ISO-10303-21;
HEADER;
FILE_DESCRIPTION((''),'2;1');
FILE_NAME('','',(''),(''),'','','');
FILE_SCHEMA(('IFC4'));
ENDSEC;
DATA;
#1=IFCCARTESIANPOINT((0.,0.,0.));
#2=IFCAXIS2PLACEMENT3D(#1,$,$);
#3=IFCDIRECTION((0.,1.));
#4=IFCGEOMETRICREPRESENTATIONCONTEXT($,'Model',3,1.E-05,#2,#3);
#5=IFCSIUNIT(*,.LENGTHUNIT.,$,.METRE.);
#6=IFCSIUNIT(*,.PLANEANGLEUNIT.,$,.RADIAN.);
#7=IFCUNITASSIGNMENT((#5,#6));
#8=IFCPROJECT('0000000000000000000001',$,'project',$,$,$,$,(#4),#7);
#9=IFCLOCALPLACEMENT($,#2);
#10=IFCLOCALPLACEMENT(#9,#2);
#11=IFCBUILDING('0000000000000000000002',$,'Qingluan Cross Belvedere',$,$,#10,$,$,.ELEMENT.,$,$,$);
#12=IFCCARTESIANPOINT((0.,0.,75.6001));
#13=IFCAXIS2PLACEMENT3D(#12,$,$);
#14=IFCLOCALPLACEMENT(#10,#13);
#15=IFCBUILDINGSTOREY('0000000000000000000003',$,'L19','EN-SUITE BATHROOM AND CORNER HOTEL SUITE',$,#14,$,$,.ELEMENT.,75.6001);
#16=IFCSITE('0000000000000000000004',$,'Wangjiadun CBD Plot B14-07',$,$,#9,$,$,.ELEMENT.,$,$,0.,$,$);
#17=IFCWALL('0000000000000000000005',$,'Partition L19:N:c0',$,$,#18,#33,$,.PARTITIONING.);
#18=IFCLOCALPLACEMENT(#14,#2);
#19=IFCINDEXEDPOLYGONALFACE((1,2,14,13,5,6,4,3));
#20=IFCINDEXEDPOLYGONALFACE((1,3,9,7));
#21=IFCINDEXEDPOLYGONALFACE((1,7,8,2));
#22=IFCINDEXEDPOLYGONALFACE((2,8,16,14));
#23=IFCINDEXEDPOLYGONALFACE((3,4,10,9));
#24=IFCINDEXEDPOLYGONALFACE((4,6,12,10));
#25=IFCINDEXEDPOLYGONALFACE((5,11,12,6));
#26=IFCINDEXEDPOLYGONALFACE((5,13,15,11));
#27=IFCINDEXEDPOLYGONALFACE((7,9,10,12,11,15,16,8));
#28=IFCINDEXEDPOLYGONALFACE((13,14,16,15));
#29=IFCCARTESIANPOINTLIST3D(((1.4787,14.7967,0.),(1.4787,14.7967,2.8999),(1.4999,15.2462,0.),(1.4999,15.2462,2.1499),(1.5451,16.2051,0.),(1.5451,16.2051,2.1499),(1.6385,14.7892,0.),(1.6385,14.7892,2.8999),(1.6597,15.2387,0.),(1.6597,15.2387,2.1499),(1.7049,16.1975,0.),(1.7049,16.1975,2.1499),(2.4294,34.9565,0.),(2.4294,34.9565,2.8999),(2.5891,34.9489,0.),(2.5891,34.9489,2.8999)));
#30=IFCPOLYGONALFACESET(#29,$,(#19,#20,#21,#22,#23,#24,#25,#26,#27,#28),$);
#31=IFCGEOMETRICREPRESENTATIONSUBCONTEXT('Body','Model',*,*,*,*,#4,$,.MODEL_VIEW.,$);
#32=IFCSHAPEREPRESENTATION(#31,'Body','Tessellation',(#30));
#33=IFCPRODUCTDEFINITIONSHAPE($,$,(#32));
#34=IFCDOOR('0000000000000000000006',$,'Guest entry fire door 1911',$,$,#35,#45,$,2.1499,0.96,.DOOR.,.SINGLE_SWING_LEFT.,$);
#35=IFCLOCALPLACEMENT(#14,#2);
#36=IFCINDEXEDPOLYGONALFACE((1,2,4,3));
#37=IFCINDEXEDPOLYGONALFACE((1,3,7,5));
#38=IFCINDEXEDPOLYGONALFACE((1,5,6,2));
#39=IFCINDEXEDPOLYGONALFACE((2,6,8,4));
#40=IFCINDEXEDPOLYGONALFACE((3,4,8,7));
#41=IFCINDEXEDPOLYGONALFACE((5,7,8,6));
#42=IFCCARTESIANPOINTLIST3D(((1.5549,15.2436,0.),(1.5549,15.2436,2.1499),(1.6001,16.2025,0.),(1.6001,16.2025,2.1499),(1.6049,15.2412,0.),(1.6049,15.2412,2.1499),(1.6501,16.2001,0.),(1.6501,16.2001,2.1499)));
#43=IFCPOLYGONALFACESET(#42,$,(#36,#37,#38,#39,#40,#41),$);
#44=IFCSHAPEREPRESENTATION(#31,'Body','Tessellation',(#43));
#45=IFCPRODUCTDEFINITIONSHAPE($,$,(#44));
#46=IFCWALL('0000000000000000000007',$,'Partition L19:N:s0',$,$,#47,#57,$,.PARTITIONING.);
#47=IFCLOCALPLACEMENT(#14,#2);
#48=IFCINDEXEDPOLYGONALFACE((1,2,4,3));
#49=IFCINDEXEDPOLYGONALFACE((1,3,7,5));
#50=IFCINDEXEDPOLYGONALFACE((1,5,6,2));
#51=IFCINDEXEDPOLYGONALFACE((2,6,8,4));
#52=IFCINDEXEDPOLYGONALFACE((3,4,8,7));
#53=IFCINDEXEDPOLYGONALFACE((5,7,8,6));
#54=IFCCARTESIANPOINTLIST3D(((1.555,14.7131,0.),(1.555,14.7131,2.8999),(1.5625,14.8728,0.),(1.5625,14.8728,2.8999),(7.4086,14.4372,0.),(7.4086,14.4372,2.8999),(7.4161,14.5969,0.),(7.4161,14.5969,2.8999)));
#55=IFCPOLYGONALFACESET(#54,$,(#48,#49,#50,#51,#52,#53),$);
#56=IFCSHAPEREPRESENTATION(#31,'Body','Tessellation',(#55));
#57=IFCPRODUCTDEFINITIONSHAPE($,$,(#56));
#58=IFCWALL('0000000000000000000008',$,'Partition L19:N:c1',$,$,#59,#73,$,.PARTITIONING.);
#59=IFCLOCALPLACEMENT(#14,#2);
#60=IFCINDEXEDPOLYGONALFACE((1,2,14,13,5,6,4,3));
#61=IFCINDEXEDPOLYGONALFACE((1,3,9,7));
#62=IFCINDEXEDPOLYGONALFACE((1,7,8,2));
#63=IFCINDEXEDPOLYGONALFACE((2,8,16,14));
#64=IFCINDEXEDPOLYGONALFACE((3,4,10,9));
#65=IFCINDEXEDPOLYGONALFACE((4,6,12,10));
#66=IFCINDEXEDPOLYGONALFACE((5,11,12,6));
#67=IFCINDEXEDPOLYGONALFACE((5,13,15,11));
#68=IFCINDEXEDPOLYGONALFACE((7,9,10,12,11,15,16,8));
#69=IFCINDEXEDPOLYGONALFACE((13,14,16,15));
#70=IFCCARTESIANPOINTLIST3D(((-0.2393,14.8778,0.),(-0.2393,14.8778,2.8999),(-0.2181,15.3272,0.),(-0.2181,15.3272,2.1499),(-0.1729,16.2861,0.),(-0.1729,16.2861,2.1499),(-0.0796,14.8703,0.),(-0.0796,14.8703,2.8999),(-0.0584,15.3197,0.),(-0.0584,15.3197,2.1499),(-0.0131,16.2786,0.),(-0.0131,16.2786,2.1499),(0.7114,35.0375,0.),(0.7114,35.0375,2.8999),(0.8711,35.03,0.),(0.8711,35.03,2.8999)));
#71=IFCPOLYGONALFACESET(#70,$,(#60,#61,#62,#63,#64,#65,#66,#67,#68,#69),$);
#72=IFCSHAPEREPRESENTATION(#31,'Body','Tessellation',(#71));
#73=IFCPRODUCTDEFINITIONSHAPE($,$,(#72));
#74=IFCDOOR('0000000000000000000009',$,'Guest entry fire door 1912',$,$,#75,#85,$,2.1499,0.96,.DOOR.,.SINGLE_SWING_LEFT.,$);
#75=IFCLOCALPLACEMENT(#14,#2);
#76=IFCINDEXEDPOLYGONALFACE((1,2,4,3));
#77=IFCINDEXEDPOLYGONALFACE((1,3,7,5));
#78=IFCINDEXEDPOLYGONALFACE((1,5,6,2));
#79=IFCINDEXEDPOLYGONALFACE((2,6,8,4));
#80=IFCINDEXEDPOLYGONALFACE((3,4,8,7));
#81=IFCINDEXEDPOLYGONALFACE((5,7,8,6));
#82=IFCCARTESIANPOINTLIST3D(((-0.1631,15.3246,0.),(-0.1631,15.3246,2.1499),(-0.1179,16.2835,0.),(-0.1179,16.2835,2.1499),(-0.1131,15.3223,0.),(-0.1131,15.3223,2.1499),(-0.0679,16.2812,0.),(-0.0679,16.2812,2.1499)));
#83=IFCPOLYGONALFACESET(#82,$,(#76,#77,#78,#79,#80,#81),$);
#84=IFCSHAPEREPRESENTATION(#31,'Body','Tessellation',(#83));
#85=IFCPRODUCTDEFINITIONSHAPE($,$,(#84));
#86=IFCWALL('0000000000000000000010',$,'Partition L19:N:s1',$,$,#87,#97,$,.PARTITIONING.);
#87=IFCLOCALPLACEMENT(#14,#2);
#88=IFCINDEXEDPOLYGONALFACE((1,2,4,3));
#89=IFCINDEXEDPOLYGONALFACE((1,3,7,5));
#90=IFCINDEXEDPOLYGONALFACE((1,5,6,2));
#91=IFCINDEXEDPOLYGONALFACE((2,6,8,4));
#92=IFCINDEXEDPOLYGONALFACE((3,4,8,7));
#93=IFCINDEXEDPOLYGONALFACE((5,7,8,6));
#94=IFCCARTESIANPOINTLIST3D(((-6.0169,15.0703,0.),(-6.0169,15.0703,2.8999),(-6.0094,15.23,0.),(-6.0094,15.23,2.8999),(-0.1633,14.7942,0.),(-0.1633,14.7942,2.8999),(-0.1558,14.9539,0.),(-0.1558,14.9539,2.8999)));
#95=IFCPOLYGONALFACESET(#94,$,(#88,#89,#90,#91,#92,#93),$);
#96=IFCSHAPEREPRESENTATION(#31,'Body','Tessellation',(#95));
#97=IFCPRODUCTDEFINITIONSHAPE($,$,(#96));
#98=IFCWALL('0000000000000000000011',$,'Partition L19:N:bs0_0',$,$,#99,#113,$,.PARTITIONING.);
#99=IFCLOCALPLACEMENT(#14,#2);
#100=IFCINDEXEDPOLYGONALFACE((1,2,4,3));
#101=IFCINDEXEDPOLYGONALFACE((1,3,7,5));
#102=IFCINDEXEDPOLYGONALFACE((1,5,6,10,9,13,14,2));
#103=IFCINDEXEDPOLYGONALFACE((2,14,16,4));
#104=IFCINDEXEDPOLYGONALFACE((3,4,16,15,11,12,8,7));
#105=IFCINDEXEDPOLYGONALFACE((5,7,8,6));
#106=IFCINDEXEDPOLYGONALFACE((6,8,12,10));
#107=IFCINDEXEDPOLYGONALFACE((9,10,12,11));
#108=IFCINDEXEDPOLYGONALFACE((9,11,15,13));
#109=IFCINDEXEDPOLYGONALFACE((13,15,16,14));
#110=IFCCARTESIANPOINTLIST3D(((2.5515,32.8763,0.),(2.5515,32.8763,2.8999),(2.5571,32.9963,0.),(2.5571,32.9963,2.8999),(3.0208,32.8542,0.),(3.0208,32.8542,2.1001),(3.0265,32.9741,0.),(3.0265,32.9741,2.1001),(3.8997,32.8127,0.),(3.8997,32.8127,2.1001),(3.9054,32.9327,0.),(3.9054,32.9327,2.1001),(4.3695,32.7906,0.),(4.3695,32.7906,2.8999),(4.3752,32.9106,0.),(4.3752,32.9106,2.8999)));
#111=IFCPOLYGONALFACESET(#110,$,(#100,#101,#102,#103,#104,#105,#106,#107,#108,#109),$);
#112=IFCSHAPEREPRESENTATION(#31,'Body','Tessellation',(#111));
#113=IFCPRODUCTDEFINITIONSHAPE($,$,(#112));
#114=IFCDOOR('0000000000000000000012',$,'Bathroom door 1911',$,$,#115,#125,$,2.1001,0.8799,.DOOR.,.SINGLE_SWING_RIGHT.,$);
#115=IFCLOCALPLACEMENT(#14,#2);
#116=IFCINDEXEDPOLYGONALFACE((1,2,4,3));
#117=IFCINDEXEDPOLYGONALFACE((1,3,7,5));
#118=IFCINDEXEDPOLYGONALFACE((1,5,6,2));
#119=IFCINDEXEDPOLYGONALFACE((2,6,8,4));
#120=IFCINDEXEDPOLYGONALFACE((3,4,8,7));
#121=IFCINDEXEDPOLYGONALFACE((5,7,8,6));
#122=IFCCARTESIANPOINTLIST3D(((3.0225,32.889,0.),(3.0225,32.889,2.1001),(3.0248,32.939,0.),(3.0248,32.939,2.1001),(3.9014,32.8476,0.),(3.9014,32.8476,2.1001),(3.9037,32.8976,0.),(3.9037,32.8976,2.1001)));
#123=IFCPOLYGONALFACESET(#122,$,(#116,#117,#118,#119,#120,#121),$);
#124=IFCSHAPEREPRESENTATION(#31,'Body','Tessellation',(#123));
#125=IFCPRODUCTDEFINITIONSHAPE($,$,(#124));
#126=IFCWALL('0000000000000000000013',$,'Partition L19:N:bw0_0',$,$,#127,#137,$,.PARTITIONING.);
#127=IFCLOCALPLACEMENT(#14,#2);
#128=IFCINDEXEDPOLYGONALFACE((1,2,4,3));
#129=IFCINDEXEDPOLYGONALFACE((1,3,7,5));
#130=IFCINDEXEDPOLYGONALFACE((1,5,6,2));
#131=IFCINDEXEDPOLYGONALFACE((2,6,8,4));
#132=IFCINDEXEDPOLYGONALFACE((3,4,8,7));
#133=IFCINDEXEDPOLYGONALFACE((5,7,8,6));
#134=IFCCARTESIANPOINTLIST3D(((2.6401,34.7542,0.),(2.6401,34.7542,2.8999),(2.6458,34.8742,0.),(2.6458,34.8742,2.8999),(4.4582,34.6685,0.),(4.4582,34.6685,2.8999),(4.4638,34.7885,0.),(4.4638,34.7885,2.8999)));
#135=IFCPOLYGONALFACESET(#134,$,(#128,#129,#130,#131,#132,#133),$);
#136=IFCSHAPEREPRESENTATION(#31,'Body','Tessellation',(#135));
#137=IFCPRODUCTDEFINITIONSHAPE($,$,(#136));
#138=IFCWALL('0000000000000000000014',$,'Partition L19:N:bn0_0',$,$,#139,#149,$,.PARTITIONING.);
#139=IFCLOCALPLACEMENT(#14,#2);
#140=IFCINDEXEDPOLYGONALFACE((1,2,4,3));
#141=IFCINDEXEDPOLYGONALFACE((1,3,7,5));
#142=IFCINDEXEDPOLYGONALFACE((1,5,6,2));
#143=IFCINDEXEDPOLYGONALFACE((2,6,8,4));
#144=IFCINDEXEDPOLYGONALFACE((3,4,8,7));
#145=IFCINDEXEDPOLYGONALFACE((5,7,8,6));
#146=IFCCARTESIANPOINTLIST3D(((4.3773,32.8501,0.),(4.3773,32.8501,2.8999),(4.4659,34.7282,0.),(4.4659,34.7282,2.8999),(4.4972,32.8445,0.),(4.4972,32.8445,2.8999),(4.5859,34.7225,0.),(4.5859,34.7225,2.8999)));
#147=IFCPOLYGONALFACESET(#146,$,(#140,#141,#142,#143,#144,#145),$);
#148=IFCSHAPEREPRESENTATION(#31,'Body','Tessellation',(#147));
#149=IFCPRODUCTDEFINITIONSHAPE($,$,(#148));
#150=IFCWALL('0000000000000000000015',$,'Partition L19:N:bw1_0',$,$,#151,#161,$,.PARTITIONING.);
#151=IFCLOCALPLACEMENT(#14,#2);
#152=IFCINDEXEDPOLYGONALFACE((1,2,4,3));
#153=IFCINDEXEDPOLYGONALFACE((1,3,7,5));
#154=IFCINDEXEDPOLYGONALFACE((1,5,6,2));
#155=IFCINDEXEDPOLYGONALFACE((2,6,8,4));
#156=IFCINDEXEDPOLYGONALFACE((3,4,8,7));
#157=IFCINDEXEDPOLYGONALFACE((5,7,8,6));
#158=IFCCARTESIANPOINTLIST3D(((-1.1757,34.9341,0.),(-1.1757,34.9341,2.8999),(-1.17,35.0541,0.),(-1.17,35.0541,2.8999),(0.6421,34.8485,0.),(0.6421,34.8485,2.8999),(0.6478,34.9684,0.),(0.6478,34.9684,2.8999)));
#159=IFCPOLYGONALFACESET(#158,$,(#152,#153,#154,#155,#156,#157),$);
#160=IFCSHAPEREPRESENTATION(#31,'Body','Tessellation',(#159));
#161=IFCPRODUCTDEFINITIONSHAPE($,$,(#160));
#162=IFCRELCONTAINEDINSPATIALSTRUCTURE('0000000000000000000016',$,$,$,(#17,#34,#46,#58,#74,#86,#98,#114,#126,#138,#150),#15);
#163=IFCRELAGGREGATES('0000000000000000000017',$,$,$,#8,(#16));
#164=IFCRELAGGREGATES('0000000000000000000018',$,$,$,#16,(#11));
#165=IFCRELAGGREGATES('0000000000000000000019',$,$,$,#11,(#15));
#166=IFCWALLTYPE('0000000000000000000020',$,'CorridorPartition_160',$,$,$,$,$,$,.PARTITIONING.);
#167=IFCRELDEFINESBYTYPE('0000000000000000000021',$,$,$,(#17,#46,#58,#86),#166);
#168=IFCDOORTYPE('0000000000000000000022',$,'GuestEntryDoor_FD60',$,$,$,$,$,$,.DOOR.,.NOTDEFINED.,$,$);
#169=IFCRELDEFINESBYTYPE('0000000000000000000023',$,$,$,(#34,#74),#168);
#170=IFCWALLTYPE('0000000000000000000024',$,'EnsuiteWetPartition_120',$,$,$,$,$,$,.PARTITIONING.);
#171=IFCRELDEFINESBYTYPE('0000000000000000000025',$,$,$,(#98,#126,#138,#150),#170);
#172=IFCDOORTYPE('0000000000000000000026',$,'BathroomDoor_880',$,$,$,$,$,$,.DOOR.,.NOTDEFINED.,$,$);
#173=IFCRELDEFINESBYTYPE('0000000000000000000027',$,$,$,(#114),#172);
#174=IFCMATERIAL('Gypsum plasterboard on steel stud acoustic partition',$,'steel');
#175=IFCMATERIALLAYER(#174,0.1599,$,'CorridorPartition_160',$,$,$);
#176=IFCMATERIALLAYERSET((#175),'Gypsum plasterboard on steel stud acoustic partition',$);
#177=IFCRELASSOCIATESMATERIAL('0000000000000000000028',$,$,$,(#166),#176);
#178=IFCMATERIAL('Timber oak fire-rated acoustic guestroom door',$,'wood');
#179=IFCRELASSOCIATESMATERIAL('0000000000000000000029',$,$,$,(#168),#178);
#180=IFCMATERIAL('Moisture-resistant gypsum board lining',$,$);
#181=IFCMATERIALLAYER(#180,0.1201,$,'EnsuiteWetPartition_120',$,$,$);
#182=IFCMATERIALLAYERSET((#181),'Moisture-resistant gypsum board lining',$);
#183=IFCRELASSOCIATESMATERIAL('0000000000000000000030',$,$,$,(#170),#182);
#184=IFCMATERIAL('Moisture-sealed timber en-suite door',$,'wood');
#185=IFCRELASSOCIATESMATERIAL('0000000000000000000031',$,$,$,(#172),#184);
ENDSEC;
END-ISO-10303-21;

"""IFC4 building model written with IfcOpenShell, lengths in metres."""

from ifc_helpers import new_model, si_unit, direction, frame, frame_2d, origin, place, context, subcontext, project, spatial, rectangle, extrude, material, layer, layer_set, type_object, element, fill, save


model = new_model("IFC4")

# Units and contexts
model_context = context("Model", 3, precision=1e-05, world=origin(), true_north=direction((0.0, 1.0)))
body_context = subcontext(model_context, "Body", "Model", "MODEL_VIEW")
ifc_project = project(units=[si_unit("LENGTHUNIT", "METRE"), si_unit("PLANEANGLEUNIT", "RADIAN")], contexts=[model_context])

# Site, building, storey
site_placement = place(None, origin())
site = spatial("IfcSite", under=ifc_project, at=site_placement, Name="Wangjiadun CBD Plot B14-07", CompositionType="ELEMENT", RefElevation=0.0)
building_placement = place(site_placement, origin())
building = spatial("IfcBuilding", under=site, at=building_placement, Name="Qingluan Cross Belvedere", CompositionType="ELEMENT")
storey_placement = place(building_placement, frame((0.0, 0.0, 75.6001)))
storey = spatial("IfcBuildingStorey", under=building, at=storey_placement, Name="L19", Description="EN-SUITE BATHROOM AND CORNER HOTEL SUITE", CompositionType="ELEMENT", Elevation=75.6001)

# Wall, opening, door
ifc_material_1 = material(Name="Gypsum plasterboard on steel stud acoustic partition", Category="steel")
ifc_layer_1 = layer(ifc_material_1, 0.1599, Name="CorridorPartition_160")
ifc_layer_set_1 = layer_set([ifc_layer_1], Name="Gypsum plasterboard on steel stud acoustic partition")
wall_type_1 = type_object("IfcWallType", Name="CorridorPartition_160", PredefinedType="PARTITIONING", material=ifc_layer_set_1)
wall_1_placement = place(storey_placement, frame((1.5586, 14.793, 0.0), z_axis=(0.0, 0.0, 1.0), x_axis=(0.047105, 0.99889, 0.0)))
wall_1 = element("IfcWall", 1, at=wall_1_placement, inside=storey, type_object=wall_type_1, Name="Partition L19:N:c0", PredefinedType="PARTITIONING", context=body_context, shape_type="SweptSolid", body=[
    extrude(rectangle(XDim=20.1821, YDim=0.1599, at=frame_2d((10.0911, 0.0))), origin(), (0.0, 0.0, 1.0), 2.8999),
])
opening_1_placement = place(wall_1_placement, frame((0.45, 0.0, 0.0)))
opening_1 = element("IfcOpeningElement", 2, at=opening_1_placement, cuts=wall_1, PredefinedType="OPENING", context=body_context, shape_type="SweptSolid", body=[
    extrude(rectangle(XDim=0.96, YDim=2.1499, at=frame_2d((0.48, 1.075))), frame((0.0, 0.0898, 0.0), z_axis=(0.0, -1.0, 0.0), x_axis=(1.0, 0.0, 0.0)), (0.0, 0.0, 1.0), 0.1799),
])
ifc_material_2 = material(Name="Timber oak fire-rated acoustic guestroom door", Category="wood")
door_type_1 = type_object("IfcDoorType", Name="GuestEntryDoor_FD60", OperationType="NOTDEFINED", PredefinedType="DOOR", material=ifc_material_2)
door_1_placement = place(opening_1_placement, origin())
door_1 = element("IfcDoor", 3, at=door_1_placement, inside=storey, type_object=door_type_1, Name="Guest entry fire door 1911", OperationType="SINGLE_SWING_LEFT", OverallHeight=2.1499, OverallWidth=0.96, PredefinedType="DOOR", context=body_context, shape_type="SweptSolid", body=[
    extrude(rectangle(XDim=0.96, YDim=2.1499, at=frame_2d((0.48, 1.075))), frame((0.0, 0.0249, 0.0), z_axis=(0.0, -1.0, 0.0), x_axis=(1.0, 0.0, 0.0)), (0.0, 0.0, 1.0), 0.05),
])
fill(opening_1, door_1)

# Wall
wall_2_placement = place(storey_placement, frame((1.5586, 14.793, 0.0), z_axis=(0.0, 0.0, 1.0), x_axis=(0.998891, -0.047078, 0.0)))
element("IfcWall", 4, at=wall_2_placement, inside=storey, type_object=wall_type_1, Name="Partition L19:N:s0", PredefinedType="PARTITIONING", context=body_context, shape_type="SweptSolid", body=[
    extrude(rectangle(XDim=5.8601, YDim=0.1599, at=frame_2d((2.9302, 0.0))), origin(), (0.0, 0.0, 1.0), 2.8999),
])

# Wall, opening, door
wall_3_placement = place(storey_placement, frame((-0.1594, 14.874, 0.0), z_axis=(0.0, 0.0, 1.0), x_axis=(0.047105, 0.99889, 0.0)))
wall_3 = element("IfcWall", 5, at=wall_3_placement, inside=storey, type_object=wall_type_1, Name="Partition L19:N:c1", PredefinedType="PARTITIONING", context=body_context, shape_type="SweptSolid", body=[
    extrude(rectangle(XDim=20.1821, YDim=0.1599, at=frame_2d((10.0911, 0.0))), origin(), (0.0, 0.0, 1.0), 2.8999),
])
opening_2_placement = place(wall_3_placement, frame((0.45, 0.0, 0.0)))
opening_2 = element("IfcOpeningElement", 6, at=opening_2_placement, cuts=wall_3, PredefinedType="OPENING", context=body_context, shape_type="SweptSolid", body=[
    extrude(rectangle(XDim=0.96, YDim=2.1499, at=frame_2d((0.48, 1.075))), frame((0.0, 0.0898, 0.0), z_axis=(0.0, -1.0, 0.0), x_axis=(1.0, 0.0, 0.0)), (0.0, 0.0, 1.0), 0.1799),
])
door_2_placement = place(opening_2_placement, origin())
door_2 = element("IfcDoor", 7, at=door_2_placement, inside=storey, type_object=door_type_1, Name="Guest entry fire door 1912", OperationType="SINGLE_SWING_LEFT", OverallHeight=2.1499, OverallWidth=0.96, PredefinedType="DOOR", context=body_context, shape_type="SweptSolid", body=[
    extrude(rectangle(XDim=0.96, YDim=2.1499, at=frame_2d((0.48, 1.075))), frame((0.0, 0.0249, 0.0), z_axis=(0.0, -1.0, 0.0), x_axis=(1.0, 0.0, 0.0)), (0.0, 0.0, 1.0), 0.05),
])
fill(opening_2, door_2)

# Wall
wall_4_placement = place(storey_placement, frame((-0.1594, 14.874, 0.0), z_axis=(0.0, 0.0, 1.0), x_axis=(-0.998889, 0.04712, 0.0)))
element("IfcWall", 8, at=wall_4_placement, inside=storey, type_object=wall_type_1, Name="Partition L19:N:s1", PredefinedType="PARTITIONING", context=body_context, shape_type="SweptSolid", body=[
    extrude(rectangle(XDim=5.8601, YDim=0.1599, at=frame_2d((2.9302, 0.0))), origin(), (0.0, 0.0, 1.0), 2.8999),
])

# Wall, opening, door
ifc_material_3 = material(Name="Moisture-resistant gypsum board lining")
ifc_layer_2 = layer(ifc_material_3, 0.1201, Name="EnsuiteWetPartition_120")
ifc_layer_set_2 = layer_set([ifc_layer_2], Name="Moisture-resistant gypsum board lining")
wall_type_2 = type_object("IfcWallType", Name="EnsuiteWetPartition_120", PredefinedType="PARTITIONING", material=ifc_layer_set_2)
wall_5_placement = place(storey_placement, frame((2.5542, 32.9363, 0.0), z_axis=(0.0, 0.0, 1.0), x_axis=(0.998891, -0.047081, 0.0)))
wall_5 = element("IfcWall", 9, at=wall_5_placement, inside=storey, type_object=wall_type_2, Name="Partition L19:N:bs0_0", PredefinedType="PARTITIONING", context=body_context, shape_type="SweptSolid", body=[
    extrude(rectangle(XDim=1.8201, YDim=0.1201, at=frame_2d((0.9102, 0.0))), origin(), (0.0, 0.0, 1.0), 2.8999),
])
opening_3_placement = place(wall_5_placement, frame((0.47, 0.0, 0.0)))
opening_3 = element("IfcOpeningElement", 10, at=opening_3_placement, cuts=wall_5, PredefinedType="OPENING", context=body_context, shape_type="SweptSolid", body=[
    extrude(rectangle(XDim=0.8799, YDim=2.1001, at=frame_2d((0.4399, 1.05))), frame((0.0, 0.0701, 0.0), z_axis=(0.0, -1.0, 0.0), x_axis=(1.0, 0.0, 0.0)), (0.0, 0.0, 1.0), 0.1401),
])
ifc_material_4 = material(Name="Moisture-sealed timber en-suite door", Category="wood")
door_type_2 = type_object("IfcDoorType", Name="BathroomDoor_880", OperationType="NOTDEFINED", PredefinedType="DOOR", material=ifc_material_4)
door_3_placement = place(opening_3_placement, origin())
door_3 = element("IfcDoor", 11, at=door_3_placement, inside=storey, type_object=door_type_2, Name="Bathroom door 1911", OperationType="SINGLE_SWING_RIGHT", OverallHeight=2.1001, OverallWidth=0.8799, PredefinedType="DOOR", context=body_context, shape_type="SweptSolid", body=[
    extrude(rectangle(XDim=0.8799, YDim=2.1001, at=frame_2d((0.4399, 1.05))), frame((0.0, 0.0249, 0.0), z_axis=(0.0, -1.0, 0.0), x_axis=(1.0, 0.0, 0.0)), (0.0, 0.0, 1.0), 0.05),
])
fill(opening_3, door_3)

# Walls
wall_6_placement = place(storey_placement, frame((2.6428, 34.8142, 0.0), z_axis=(0.0, 0.0, 1.0), x_axis=(0.998891, -0.047081, 0.0)))
element("IfcWall", 12, at=wall_6_placement, inside=storey, type_object=wall_type_2, Name="Partition L19:N:bw0_0", PredefinedType="PARTITIONING", context=body_context, shape_type="SweptSolid", body=[
    extrude(rectangle(XDim=1.8201, YDim=0.1201, at=frame_2d((0.9102, 0.0))), origin(), (0.0, 0.0, 1.0), 2.8999),
])
wall_7_placement = place(storey_placement, frame((4.4373, 32.8474, 0.0), z_axis=(0.0, 0.0, 1.0), x_axis=(0.047139, 0.998888, 0.0)))
element("IfcWall", 13, at=wall_7_placement, inside=storey, type_object=wall_type_2, Name="Partition L19:N:bn0_0", PredefinedType="PARTITIONING", context=body_context, shape_type="SweptSolid", body=[
    extrude(rectangle(XDim=1.8801, YDim=0.1201, at=frame_2d((0.9399, 0.0))), origin(), (0.0, 0.0, 1.0), 2.8999),
])
wall_8_placement = place(storey_placement, frame((-1.1729, 34.9941, 0.0), z_axis=(0.0, 0.0, 1.0), x_axis=(0.998891, -0.047087, 0.0)))
element("IfcWall", 14, at=wall_8_placement, inside=storey, type_object=wall_type_2, Name="Partition L19:N:bw1_0", PredefinedType="PARTITIONING", context=body_context, shape_type="SweptSolid", body=[
    extrude(rectangle(XDim=1.8198, YDim=0.1201, at=frame_2d((0.9099, 0.0))), origin(), (0.0, 0.0, 1.0), 2.8999),
])

save(model, "model.ifc")
